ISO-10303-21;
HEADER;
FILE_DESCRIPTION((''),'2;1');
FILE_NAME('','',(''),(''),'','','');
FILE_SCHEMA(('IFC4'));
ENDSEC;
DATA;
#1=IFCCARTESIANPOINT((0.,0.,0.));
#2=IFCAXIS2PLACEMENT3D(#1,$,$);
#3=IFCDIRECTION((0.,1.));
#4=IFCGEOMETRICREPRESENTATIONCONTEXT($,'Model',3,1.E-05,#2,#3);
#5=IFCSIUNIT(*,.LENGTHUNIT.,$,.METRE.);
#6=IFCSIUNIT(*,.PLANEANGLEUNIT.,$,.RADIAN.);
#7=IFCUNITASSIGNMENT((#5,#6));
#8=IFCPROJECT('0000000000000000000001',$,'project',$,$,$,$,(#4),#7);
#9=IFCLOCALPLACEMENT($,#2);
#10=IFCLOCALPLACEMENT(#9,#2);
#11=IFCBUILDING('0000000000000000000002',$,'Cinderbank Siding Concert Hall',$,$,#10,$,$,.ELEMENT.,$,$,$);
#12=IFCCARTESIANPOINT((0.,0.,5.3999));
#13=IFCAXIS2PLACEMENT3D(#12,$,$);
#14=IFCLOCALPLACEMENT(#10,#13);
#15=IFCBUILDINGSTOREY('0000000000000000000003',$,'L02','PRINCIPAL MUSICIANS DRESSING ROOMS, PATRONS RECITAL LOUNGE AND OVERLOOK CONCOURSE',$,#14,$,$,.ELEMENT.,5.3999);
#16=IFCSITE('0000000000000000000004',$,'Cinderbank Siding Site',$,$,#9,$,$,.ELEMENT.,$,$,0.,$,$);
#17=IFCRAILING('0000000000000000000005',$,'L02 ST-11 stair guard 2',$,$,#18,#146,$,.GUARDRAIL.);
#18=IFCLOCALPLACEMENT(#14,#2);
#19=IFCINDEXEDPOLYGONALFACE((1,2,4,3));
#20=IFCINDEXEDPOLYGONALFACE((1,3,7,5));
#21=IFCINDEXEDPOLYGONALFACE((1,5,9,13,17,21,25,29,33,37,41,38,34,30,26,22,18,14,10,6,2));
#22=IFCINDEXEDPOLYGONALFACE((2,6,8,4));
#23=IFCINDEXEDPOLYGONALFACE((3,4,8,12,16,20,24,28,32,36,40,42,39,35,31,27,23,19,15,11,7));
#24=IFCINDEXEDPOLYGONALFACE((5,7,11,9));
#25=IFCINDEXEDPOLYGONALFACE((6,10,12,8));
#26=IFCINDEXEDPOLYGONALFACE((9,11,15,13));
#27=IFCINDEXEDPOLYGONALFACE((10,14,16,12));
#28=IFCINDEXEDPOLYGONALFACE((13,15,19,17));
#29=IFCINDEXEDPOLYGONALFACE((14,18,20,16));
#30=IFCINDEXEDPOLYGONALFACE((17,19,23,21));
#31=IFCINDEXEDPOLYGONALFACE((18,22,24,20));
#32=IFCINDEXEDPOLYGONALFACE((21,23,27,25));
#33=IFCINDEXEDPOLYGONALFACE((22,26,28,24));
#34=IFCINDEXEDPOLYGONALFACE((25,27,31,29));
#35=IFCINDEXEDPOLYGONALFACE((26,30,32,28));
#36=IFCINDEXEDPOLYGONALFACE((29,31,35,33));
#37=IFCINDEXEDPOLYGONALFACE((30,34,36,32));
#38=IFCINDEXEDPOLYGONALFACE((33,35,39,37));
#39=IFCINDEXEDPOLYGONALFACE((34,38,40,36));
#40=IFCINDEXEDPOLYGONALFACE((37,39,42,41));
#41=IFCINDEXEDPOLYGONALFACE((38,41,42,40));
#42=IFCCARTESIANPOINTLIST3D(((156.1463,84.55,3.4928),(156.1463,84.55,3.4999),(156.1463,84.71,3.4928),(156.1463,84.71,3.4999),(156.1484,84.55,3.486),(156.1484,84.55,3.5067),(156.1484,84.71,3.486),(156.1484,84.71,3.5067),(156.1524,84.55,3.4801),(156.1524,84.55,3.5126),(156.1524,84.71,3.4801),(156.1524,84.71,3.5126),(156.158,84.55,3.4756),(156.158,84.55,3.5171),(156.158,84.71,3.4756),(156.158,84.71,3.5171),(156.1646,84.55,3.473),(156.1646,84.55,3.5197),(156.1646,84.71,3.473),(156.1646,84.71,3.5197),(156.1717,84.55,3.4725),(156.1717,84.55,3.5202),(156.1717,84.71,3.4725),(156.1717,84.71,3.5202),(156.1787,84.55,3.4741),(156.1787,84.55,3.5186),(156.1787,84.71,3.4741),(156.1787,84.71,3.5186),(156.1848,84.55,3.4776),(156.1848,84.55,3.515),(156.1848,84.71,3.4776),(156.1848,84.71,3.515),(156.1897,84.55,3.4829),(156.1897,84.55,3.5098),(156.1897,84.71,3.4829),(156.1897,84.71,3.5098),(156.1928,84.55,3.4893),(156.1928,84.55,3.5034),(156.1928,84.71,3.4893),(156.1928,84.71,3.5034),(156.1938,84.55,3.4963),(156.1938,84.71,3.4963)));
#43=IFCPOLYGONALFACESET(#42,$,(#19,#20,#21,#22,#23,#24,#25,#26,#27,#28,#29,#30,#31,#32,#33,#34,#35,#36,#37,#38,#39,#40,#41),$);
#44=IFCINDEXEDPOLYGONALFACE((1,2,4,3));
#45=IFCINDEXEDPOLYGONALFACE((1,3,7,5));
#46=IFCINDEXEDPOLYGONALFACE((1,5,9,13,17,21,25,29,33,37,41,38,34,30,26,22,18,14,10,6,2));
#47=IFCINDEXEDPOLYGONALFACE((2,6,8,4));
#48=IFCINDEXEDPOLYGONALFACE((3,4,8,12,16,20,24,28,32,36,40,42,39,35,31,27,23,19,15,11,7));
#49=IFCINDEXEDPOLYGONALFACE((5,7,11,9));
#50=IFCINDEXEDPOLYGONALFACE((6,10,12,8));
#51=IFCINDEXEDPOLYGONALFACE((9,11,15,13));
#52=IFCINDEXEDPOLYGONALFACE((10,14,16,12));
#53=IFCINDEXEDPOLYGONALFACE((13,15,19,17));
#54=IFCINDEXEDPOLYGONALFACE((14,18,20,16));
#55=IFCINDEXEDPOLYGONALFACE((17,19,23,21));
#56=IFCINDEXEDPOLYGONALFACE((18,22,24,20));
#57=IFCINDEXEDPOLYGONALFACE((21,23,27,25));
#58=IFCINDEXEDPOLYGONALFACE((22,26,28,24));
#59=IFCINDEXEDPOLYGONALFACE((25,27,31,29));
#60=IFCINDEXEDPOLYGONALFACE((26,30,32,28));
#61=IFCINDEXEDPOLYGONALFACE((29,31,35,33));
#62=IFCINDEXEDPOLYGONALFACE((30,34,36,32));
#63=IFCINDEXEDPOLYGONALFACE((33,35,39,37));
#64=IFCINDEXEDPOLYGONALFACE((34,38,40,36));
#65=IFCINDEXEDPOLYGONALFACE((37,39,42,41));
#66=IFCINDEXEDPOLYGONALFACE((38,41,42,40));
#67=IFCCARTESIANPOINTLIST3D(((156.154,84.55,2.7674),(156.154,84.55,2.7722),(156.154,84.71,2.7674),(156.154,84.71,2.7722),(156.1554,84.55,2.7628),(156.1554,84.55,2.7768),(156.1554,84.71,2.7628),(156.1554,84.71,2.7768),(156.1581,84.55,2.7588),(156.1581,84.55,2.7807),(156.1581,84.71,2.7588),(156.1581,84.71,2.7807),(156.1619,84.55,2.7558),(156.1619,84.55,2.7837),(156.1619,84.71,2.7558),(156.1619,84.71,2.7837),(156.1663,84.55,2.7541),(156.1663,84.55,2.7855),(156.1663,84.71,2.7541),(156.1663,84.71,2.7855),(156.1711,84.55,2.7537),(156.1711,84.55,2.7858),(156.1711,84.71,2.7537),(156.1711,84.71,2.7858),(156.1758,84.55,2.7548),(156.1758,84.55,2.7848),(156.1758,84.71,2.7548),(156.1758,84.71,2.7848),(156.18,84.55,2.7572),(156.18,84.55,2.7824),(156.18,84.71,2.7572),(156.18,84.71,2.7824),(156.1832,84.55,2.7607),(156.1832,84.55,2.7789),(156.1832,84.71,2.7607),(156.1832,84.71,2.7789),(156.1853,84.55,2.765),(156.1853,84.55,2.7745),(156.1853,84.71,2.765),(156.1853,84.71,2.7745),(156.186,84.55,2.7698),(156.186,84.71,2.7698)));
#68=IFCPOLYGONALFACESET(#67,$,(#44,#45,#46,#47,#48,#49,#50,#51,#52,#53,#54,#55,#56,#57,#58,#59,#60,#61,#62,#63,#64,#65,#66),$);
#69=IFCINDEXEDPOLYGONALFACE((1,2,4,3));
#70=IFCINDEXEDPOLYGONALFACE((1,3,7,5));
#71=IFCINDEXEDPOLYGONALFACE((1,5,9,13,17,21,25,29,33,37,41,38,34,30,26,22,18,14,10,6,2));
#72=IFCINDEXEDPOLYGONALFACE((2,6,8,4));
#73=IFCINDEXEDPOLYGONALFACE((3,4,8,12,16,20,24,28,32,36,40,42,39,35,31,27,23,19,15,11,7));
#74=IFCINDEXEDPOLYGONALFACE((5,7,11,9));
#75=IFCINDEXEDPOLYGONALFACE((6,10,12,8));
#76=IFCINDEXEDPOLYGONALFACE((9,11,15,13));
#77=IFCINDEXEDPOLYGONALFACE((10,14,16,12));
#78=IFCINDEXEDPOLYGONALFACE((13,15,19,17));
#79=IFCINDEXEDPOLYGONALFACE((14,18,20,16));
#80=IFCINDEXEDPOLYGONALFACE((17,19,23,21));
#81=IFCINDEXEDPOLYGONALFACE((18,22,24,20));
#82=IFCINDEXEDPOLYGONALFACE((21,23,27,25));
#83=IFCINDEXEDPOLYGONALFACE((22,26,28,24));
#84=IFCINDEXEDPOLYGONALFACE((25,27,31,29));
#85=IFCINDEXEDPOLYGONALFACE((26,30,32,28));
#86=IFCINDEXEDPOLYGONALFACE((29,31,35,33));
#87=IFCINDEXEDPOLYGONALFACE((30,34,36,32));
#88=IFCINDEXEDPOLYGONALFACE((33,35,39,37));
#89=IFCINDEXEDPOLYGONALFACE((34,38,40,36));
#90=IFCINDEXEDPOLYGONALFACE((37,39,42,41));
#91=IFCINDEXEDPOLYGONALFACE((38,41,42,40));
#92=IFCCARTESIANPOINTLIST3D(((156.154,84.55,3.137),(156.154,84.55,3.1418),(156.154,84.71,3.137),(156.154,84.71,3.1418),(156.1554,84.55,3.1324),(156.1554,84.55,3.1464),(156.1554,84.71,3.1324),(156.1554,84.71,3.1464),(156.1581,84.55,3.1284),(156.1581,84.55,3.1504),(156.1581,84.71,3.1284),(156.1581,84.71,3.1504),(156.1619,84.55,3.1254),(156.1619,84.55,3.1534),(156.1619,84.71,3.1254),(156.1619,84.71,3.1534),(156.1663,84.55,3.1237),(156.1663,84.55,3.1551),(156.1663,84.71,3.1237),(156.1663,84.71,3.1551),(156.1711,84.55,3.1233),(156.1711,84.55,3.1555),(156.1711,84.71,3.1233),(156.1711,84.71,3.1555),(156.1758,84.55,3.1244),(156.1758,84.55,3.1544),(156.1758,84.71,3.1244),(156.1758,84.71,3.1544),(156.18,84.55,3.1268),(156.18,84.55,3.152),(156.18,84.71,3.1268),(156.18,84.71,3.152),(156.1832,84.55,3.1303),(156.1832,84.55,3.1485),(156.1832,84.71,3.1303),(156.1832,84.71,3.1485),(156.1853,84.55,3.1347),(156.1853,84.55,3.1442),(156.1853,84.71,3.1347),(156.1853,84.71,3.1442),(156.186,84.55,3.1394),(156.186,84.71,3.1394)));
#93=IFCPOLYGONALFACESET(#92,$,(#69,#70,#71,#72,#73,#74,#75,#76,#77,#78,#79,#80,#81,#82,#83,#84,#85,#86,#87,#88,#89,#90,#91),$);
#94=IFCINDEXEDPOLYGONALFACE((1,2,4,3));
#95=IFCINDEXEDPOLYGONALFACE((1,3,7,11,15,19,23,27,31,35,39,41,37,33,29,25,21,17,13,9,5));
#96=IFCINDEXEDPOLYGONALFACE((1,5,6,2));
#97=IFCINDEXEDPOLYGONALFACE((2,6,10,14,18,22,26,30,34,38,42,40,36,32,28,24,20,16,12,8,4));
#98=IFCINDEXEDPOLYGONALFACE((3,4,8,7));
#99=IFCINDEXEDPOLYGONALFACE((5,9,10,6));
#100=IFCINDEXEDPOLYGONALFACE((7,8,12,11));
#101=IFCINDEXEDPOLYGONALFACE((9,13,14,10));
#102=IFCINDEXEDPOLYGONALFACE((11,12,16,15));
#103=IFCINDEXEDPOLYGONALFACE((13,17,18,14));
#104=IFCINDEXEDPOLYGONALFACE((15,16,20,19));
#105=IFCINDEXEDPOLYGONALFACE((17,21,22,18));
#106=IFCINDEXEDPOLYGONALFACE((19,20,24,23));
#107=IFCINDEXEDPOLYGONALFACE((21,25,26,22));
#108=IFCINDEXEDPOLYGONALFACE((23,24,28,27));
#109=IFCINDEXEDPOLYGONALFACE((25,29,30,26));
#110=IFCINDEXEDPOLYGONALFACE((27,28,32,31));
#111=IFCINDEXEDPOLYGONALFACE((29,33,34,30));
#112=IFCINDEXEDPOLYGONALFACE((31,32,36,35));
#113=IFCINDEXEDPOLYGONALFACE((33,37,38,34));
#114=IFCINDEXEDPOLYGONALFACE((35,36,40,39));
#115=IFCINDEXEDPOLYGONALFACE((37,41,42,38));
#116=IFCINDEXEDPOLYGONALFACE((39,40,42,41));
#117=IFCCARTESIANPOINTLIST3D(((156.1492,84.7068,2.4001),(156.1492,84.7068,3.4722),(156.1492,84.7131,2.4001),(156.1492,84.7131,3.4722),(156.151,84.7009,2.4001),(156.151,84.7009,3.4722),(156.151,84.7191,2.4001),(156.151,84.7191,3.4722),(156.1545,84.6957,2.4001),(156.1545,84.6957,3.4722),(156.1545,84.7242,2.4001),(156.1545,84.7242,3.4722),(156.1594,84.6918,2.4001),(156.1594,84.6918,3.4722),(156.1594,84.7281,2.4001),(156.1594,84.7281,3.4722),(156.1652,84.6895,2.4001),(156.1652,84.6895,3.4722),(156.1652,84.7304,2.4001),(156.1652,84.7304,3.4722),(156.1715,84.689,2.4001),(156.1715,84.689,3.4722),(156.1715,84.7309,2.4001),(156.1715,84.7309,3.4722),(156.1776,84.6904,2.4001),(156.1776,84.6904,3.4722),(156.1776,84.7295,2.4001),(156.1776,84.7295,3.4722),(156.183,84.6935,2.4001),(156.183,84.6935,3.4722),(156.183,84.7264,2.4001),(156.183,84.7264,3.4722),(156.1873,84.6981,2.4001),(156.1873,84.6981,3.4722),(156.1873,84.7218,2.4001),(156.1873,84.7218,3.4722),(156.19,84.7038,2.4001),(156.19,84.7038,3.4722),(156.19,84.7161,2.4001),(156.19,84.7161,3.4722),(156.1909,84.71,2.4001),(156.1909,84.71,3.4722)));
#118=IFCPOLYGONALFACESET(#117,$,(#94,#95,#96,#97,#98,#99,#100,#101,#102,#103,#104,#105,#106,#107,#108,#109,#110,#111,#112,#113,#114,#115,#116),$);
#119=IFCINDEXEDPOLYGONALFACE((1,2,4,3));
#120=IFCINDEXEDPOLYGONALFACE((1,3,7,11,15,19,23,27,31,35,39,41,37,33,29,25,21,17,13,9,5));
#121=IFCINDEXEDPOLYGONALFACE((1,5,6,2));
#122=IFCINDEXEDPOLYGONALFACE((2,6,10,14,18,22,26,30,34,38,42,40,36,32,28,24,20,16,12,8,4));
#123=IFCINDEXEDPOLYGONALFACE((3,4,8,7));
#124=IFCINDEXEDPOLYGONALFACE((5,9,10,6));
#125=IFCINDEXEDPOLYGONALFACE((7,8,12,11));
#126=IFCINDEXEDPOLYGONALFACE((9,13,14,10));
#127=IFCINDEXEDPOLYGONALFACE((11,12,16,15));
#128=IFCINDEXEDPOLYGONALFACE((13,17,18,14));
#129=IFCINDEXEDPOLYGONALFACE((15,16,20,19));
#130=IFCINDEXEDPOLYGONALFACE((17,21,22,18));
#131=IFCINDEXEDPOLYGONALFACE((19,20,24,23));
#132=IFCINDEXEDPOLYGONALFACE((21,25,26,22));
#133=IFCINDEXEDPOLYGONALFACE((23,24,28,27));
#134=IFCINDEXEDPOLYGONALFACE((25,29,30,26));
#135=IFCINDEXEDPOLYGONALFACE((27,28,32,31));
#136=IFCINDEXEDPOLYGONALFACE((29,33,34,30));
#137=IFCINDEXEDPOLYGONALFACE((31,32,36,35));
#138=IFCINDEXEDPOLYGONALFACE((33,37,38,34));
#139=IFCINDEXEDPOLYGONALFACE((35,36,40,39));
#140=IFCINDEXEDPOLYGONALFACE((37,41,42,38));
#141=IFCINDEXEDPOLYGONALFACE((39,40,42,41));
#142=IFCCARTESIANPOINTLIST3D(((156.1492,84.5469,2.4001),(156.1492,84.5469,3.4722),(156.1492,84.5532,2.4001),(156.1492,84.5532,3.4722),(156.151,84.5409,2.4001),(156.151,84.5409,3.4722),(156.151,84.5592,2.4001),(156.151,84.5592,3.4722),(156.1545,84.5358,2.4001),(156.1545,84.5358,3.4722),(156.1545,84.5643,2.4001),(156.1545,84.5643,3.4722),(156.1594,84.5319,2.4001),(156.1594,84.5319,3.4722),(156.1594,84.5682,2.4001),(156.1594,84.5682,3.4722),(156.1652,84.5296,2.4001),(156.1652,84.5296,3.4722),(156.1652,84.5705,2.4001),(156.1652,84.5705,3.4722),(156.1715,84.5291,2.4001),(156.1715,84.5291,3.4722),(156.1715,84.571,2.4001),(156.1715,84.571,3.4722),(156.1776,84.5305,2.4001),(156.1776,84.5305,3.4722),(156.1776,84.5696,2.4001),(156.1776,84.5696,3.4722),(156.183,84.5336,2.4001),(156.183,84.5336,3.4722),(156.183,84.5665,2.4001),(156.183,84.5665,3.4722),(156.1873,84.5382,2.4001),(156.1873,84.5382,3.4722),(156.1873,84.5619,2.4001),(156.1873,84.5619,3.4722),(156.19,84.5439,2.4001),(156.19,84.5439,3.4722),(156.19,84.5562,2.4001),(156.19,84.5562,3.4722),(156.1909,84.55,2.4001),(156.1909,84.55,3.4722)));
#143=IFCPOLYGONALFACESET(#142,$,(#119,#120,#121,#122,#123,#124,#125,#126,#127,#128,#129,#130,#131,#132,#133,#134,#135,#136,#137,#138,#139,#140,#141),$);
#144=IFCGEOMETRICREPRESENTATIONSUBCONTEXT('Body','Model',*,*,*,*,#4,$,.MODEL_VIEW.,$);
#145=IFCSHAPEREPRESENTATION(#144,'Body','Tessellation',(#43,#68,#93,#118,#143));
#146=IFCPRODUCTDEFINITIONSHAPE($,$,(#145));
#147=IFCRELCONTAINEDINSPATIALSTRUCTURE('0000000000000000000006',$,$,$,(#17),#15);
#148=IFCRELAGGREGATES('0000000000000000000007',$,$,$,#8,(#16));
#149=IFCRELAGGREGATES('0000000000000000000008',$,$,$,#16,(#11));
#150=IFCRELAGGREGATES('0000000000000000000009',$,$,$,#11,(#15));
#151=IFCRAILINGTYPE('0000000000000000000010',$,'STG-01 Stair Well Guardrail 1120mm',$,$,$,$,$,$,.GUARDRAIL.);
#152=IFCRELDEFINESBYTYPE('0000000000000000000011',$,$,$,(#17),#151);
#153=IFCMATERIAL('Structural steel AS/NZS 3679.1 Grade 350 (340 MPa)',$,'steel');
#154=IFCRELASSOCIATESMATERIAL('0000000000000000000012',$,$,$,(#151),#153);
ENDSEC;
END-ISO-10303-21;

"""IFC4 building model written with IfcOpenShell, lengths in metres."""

from ifc_helpers import new_model, si_unit, direction, frame, origin, origin_2d, place, context, subcontext, project, spatial, circle, extrude, material, type_object, element, save


model = new_model("IFC4")

# Units and contexts
model_context = context("Model", 3, precision=1e-05, world=origin(), true_north=direction((0.0, 1.0)))
body_context = subcontext(model_context, "Body", "Model", "MODEL_VIEW")
ifc_project = project(units=[si_unit("LENGTHUNIT", "METRE"), si_unit("PLANEANGLEUNIT", "RADIAN")], contexts=[model_context])

# Site, building, storey
site_placement = place(None, origin())
site = spatial("IfcSite", under=ifc_project, at=site_placement, Name="Cinderbank Siding Site", CompositionType="ELEMENT", RefElevation=0.0)
building_placement = place(site_placement, origin())
building = spatial("IfcBuilding", under=site, at=building_placement, Name="Cinderbank Siding Concert Hall", CompositionType="ELEMENT")
storey_placement = place(building_placement, frame((0.0, 0.0, 5.3999)))
storey = spatial("IfcBuildingStorey", under=building, at=storey_placement, Name="L02", Description="PRINCIPAL MUSICIANS DRESSING ROOMS, PATRONS RECITAL LOUNGE AND OVERLOOK CONCOURSE", CompositionType="ELEMENT", Elevation=5.3999)

# Shared definitions
ifc_material_1 = material(Name="Structural steel AS/NZS 3679.1 Grade 350 (340 MPa)", Category="steel")

# Railing
railing_type_1 = type_object("IfcRailingType", Name="STG-01 Stair Well Guardrail 1120mm", PredefinedType="GUARDRAIL", material=ifc_material_1)
railing_1_placement = place(storey_placement, frame((156.1699, 84.71, 2.4001)))
element("IfcRailing", 1, at=railing_1_placement, inside=storey, type_object=railing_type_1, Name="L02 ST-11 stair guard 2", PredefinedType="GUARDRAIL", context=body_context, shape_type="SweptSolid", body=[
    extrude(circle(Radius=0.0239, at=origin_2d()), frame((0.0, 0.0, 1.0962), z_axis=(0.0, -1.0, 0.0), x_axis=(1.0, 0.0, 0.0)), (0.0, 0.0, 1.0), 0.1599),
    extrude(circle(Radius=0.0161, at=origin_2d()), frame((0.0, 0.0, 0.3696), z_axis=(0.0, -1.0, 0.0), x_axis=(1.0, 0.0, 0.0)), (0.0, 0.0, 1.0), 0.1599),
    extrude(circle(Radius=0.0161, at=origin_2d()), frame((0.0, 0.0, 0.7393), z_axis=(0.0, -1.0, 0.0), x_axis=(1.0, 0.0, 0.0)), (0.0, 0.0, 1.0), 0.1599),
    extrude(circle(Radius=0.021, at=origin_2d()), origin(), (0.0, 0.0, 1.0), 1.072),
    extrude(circle(Radius=0.021, at=origin_2d()), frame((0.0, -0.1599, 0.0)), (0.0, 0.0, 1.0), 1.072),
])

save(model, "model.ifc")
